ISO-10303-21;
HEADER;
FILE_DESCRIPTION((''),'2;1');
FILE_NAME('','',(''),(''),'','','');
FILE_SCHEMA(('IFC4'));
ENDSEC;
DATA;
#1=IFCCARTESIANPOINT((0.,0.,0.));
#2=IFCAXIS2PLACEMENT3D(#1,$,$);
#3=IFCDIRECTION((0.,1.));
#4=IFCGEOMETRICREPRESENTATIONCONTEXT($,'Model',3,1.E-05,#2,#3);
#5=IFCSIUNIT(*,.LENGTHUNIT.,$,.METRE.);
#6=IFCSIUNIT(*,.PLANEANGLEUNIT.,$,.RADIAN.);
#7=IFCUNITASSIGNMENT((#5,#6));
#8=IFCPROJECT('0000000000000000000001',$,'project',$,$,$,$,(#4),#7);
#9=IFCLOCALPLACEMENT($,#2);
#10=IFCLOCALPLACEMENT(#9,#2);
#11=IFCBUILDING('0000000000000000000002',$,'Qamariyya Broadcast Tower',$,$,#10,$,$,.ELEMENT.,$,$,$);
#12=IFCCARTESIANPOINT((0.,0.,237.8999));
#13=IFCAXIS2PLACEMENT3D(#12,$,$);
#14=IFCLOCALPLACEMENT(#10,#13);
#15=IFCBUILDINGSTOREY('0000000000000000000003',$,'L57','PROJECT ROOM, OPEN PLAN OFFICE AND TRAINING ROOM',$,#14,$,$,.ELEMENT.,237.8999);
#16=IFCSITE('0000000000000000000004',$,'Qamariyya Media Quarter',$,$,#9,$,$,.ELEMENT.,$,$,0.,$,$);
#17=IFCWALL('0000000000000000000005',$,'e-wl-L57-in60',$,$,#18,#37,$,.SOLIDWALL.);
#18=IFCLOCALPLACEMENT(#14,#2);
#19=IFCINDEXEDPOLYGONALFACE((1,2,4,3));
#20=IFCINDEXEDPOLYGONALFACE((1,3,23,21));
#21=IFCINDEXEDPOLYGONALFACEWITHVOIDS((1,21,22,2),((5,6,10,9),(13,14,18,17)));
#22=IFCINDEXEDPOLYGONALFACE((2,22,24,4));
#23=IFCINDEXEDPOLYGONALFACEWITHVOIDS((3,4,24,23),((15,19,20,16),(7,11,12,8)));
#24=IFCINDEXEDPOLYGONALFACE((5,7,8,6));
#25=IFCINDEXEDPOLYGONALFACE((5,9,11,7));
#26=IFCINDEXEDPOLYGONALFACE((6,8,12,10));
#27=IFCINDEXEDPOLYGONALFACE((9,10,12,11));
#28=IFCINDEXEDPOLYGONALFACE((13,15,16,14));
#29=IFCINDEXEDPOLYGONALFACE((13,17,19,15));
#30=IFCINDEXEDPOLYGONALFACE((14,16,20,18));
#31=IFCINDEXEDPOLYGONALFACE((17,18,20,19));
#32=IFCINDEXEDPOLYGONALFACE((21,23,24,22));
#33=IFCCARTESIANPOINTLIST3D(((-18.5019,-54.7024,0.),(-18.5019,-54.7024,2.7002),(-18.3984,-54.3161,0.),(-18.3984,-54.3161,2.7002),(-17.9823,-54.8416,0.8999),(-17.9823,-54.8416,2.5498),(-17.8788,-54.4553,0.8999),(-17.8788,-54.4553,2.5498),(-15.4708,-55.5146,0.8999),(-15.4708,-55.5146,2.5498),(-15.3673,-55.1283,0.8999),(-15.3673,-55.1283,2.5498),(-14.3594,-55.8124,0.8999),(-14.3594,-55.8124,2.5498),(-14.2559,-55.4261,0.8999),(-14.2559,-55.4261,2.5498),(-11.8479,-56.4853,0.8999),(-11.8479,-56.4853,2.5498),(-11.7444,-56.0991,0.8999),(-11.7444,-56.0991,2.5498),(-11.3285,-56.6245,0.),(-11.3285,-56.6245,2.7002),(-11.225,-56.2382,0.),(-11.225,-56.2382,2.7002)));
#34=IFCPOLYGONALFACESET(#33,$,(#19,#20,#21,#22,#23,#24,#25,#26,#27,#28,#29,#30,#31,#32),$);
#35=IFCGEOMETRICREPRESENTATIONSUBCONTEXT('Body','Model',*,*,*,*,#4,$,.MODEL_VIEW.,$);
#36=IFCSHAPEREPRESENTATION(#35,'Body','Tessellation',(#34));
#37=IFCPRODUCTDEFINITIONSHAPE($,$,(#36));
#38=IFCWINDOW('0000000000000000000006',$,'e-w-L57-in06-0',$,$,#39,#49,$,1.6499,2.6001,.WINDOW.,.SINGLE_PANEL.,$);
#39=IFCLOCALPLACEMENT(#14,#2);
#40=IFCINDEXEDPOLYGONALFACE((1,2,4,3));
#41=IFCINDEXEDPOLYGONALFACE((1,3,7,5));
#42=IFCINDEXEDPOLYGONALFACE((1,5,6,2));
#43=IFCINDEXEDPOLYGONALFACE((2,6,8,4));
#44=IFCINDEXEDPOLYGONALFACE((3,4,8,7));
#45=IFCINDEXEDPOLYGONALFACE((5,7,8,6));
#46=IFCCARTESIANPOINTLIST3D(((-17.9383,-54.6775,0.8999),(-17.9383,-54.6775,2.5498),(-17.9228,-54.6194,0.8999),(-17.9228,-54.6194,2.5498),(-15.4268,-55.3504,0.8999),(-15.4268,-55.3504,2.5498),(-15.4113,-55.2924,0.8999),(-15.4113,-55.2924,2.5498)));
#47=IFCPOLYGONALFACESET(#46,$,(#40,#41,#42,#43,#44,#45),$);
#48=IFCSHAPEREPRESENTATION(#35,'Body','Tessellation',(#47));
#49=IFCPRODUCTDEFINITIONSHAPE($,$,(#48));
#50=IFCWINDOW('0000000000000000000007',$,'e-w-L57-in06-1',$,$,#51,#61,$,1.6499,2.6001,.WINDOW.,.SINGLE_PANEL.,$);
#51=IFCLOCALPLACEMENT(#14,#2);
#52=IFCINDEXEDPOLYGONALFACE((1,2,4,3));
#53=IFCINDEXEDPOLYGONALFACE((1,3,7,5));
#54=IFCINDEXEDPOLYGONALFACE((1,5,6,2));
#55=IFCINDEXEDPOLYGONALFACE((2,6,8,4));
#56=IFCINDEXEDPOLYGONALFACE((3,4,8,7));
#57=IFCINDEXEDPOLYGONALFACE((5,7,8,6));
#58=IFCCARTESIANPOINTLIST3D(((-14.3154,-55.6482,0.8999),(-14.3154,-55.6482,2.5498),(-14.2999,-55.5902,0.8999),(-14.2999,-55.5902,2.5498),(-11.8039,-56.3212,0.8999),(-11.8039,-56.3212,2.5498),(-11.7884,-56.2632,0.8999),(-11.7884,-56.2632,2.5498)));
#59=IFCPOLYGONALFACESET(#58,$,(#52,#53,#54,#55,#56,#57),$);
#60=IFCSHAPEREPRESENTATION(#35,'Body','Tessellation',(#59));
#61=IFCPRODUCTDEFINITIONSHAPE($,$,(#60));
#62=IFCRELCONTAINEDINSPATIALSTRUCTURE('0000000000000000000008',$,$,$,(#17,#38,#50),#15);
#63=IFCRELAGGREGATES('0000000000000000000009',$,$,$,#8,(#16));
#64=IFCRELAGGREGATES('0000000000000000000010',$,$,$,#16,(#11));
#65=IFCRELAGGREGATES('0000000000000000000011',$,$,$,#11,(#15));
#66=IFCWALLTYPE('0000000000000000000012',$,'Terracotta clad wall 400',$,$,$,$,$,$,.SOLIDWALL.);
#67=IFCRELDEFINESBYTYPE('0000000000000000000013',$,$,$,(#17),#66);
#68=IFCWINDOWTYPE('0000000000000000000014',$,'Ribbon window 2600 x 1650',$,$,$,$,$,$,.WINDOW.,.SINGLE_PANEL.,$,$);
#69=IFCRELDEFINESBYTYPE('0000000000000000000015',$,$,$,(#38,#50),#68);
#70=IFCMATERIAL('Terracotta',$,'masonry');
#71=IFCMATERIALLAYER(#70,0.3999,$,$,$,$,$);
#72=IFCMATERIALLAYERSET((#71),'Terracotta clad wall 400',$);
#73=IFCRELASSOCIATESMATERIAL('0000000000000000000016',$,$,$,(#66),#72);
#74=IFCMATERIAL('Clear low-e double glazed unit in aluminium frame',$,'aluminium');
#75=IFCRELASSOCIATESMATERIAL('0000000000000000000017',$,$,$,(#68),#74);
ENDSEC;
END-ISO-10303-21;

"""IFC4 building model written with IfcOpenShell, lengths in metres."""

from ifc_helpers import new_model, si_unit, direction, frame, frame_2d, origin, place, context, subcontext, project, spatial, rectangle, extrude, material, layer, layer_set, type_object, element, fill, save


model = new_model("IFC4")

# Units and contexts
model_context = context("Model", 3, precision=1e-05, world=origin(), true_north=direction((0.0, 1.0)))
body_context = subcontext(model_context, "Body", "Model", "MODEL_VIEW")
ifc_project = project(units=[si_unit("LENGTHUNIT", "METRE"), si_unit("PLANEANGLEUNIT", "RADIAN")], contexts=[model_context])

# Site, building, storey
site_placement = place(None, origin())
site = spatial("IfcSite", under=ifc_project, at=site_placement, Name="Qamariyya Media Quarter", CompositionType="ELEMENT", RefElevation=0.0)
building_placement = place(site_placement, origin())
building = spatial("IfcBuilding", under=site, at=building_placement, Name="Qamariyya Broadcast Tower", CompositionType="ELEMENT")
storey_placement = place(building_placement, frame((0.0, 0.0, 237.8999)))
storey = spatial("IfcBuildingStorey", under=building, at=storey_placement, Name="L57", Description="PROJECT ROOM, OPEN PLAN OFFICE AND TRAINING ROOM", CompositionType="ELEMENT", Elevation=237.8999)

# Wall, openings, windows
ifc_material_1 = material(Name="Terracotta", Category="masonry")
ifc_layer_1 = layer(ifc_material_1, 0.3999)
ifc_layer_set_1 = layer_set([ifc_layer_1], Name="Terracotta clad wall 400")
wall_type_1 = type_object("IfcWallType", Name="Terracotta clad wall 400", PredefinedType="SOLIDWALL", material=ifc_layer_set_1)
ifc_material_2 = material(Name="Clear low-e double glazed unit in aluminium frame", Category="aluminium")
window_type = type_object("IfcWindowType", Name="Ribbon window 2600 x 1650", PartitioningType="SINGLE_PANEL", PredefinedType="WINDOW", material=ifc_material_2)
wall_1_placement = place(storey_placement, frame((-11.2766, -56.4314, 0.0), z_axis=(0.0, 0.0, 1.0), x_axis=(-0.965925, 0.258823, 0.0)))
wall_1 = element("IfcWall", 1, at=wall_1_placement, inside=storey, type_object=wall_type_1, Name="e-wl-L57-in60", PredefinedType="SOLIDWALL", context=body_context, shape_type="SweptSolid", body=[
    extrude(rectangle(XDim=7.4265, YDim=0.3999, at=frame_2d((3.7134, 0.0))), origin(), (0.0, 0.0, 1.0), 2.7002),
])
opening_1_placement = place(wall_1_placement, frame((4.2886, 0.0, 0.8999)))
opening_1 = element("IfcOpeningElement", 2, at=opening_1_placement, cuts=wall_1, PredefinedType="OPENING", context=body_context, shape_type="SweptSolid", body=[
    extrude(rectangle(XDim=2.6001, YDim=1.6499, at=frame_2d((1.3, 0.825))), frame((0.0, 0.21, 0.0), z_axis=(0.0, -1.0, 0.0), x_axis=(1.0, 0.0, 0.0)), (0.0, 0.0, 1.0), 0.4199),
])
opening_2_placement = place(wall_1_placement, frame((0.5378, 0.0, 0.8999)))
opening_2 = element("IfcOpeningElement", 3, at=opening_2_placement, cuts=wall_1, PredefinedType="OPENING", context=body_context, shape_type="SweptSolid", body=[
    extrude(rectangle(XDim=2.6001, YDim=1.6499, at=frame_2d((1.3, 0.825))), frame((0.0, 0.21, 0.0), z_axis=(0.0, -1.0, 0.0), x_axis=(1.0, 0.0, 0.0)), (0.0, 0.0, 1.0), 0.4199),
])
window_1_placement = place(opening_1_placement, origin())
window_1 = element("IfcWindow", 4, at=window_1_placement, inside=storey, type_object=window_type, Name="e-w-L57-in06-0", OverallHeight=1.6499, OverallWidth=2.6001, PartitioningType="SINGLE_PANEL", PredefinedType="WINDOW", context=body_context, shape_type="SweptSolid", body=[
    extrude(rectangle(XDim=2.6001, YDim=1.6499, at=frame_2d((1.3, 0.825))), frame((0.0, 0.03, 0.0), z_axis=(0.0, -1.0, 0.0), x_axis=(1.0, 0.0, 0.0)), (0.0, 0.0, 1.0), 0.0601),
])
fill(opening_1, window_1)
window_2_placement = place(opening_2_placement, origin())
window_2 = element("IfcWindow", 5, at=window_2_placement, inside=storey, type_object=window_type, Name="e-w-L57-in06-1", OverallHeight=1.6499, OverallWidth=2.6001, PartitioningType="SINGLE_PANEL", PredefinedType="WINDOW", context=body_context, shape_type="SweptSolid", body=[
    extrude(rectangle(XDim=2.6001, YDim=1.6499, at=frame_2d((1.3, 0.825))), frame((0.0, 0.03, 0.0), z_axis=(0.0, -1.0, 0.0), x_axis=(1.0, 0.0, 0.0)), (0.0, 0.0, 1.0), 0.0601),
])
fill(opening_2, window_2)

save(model, "model.ifc")
